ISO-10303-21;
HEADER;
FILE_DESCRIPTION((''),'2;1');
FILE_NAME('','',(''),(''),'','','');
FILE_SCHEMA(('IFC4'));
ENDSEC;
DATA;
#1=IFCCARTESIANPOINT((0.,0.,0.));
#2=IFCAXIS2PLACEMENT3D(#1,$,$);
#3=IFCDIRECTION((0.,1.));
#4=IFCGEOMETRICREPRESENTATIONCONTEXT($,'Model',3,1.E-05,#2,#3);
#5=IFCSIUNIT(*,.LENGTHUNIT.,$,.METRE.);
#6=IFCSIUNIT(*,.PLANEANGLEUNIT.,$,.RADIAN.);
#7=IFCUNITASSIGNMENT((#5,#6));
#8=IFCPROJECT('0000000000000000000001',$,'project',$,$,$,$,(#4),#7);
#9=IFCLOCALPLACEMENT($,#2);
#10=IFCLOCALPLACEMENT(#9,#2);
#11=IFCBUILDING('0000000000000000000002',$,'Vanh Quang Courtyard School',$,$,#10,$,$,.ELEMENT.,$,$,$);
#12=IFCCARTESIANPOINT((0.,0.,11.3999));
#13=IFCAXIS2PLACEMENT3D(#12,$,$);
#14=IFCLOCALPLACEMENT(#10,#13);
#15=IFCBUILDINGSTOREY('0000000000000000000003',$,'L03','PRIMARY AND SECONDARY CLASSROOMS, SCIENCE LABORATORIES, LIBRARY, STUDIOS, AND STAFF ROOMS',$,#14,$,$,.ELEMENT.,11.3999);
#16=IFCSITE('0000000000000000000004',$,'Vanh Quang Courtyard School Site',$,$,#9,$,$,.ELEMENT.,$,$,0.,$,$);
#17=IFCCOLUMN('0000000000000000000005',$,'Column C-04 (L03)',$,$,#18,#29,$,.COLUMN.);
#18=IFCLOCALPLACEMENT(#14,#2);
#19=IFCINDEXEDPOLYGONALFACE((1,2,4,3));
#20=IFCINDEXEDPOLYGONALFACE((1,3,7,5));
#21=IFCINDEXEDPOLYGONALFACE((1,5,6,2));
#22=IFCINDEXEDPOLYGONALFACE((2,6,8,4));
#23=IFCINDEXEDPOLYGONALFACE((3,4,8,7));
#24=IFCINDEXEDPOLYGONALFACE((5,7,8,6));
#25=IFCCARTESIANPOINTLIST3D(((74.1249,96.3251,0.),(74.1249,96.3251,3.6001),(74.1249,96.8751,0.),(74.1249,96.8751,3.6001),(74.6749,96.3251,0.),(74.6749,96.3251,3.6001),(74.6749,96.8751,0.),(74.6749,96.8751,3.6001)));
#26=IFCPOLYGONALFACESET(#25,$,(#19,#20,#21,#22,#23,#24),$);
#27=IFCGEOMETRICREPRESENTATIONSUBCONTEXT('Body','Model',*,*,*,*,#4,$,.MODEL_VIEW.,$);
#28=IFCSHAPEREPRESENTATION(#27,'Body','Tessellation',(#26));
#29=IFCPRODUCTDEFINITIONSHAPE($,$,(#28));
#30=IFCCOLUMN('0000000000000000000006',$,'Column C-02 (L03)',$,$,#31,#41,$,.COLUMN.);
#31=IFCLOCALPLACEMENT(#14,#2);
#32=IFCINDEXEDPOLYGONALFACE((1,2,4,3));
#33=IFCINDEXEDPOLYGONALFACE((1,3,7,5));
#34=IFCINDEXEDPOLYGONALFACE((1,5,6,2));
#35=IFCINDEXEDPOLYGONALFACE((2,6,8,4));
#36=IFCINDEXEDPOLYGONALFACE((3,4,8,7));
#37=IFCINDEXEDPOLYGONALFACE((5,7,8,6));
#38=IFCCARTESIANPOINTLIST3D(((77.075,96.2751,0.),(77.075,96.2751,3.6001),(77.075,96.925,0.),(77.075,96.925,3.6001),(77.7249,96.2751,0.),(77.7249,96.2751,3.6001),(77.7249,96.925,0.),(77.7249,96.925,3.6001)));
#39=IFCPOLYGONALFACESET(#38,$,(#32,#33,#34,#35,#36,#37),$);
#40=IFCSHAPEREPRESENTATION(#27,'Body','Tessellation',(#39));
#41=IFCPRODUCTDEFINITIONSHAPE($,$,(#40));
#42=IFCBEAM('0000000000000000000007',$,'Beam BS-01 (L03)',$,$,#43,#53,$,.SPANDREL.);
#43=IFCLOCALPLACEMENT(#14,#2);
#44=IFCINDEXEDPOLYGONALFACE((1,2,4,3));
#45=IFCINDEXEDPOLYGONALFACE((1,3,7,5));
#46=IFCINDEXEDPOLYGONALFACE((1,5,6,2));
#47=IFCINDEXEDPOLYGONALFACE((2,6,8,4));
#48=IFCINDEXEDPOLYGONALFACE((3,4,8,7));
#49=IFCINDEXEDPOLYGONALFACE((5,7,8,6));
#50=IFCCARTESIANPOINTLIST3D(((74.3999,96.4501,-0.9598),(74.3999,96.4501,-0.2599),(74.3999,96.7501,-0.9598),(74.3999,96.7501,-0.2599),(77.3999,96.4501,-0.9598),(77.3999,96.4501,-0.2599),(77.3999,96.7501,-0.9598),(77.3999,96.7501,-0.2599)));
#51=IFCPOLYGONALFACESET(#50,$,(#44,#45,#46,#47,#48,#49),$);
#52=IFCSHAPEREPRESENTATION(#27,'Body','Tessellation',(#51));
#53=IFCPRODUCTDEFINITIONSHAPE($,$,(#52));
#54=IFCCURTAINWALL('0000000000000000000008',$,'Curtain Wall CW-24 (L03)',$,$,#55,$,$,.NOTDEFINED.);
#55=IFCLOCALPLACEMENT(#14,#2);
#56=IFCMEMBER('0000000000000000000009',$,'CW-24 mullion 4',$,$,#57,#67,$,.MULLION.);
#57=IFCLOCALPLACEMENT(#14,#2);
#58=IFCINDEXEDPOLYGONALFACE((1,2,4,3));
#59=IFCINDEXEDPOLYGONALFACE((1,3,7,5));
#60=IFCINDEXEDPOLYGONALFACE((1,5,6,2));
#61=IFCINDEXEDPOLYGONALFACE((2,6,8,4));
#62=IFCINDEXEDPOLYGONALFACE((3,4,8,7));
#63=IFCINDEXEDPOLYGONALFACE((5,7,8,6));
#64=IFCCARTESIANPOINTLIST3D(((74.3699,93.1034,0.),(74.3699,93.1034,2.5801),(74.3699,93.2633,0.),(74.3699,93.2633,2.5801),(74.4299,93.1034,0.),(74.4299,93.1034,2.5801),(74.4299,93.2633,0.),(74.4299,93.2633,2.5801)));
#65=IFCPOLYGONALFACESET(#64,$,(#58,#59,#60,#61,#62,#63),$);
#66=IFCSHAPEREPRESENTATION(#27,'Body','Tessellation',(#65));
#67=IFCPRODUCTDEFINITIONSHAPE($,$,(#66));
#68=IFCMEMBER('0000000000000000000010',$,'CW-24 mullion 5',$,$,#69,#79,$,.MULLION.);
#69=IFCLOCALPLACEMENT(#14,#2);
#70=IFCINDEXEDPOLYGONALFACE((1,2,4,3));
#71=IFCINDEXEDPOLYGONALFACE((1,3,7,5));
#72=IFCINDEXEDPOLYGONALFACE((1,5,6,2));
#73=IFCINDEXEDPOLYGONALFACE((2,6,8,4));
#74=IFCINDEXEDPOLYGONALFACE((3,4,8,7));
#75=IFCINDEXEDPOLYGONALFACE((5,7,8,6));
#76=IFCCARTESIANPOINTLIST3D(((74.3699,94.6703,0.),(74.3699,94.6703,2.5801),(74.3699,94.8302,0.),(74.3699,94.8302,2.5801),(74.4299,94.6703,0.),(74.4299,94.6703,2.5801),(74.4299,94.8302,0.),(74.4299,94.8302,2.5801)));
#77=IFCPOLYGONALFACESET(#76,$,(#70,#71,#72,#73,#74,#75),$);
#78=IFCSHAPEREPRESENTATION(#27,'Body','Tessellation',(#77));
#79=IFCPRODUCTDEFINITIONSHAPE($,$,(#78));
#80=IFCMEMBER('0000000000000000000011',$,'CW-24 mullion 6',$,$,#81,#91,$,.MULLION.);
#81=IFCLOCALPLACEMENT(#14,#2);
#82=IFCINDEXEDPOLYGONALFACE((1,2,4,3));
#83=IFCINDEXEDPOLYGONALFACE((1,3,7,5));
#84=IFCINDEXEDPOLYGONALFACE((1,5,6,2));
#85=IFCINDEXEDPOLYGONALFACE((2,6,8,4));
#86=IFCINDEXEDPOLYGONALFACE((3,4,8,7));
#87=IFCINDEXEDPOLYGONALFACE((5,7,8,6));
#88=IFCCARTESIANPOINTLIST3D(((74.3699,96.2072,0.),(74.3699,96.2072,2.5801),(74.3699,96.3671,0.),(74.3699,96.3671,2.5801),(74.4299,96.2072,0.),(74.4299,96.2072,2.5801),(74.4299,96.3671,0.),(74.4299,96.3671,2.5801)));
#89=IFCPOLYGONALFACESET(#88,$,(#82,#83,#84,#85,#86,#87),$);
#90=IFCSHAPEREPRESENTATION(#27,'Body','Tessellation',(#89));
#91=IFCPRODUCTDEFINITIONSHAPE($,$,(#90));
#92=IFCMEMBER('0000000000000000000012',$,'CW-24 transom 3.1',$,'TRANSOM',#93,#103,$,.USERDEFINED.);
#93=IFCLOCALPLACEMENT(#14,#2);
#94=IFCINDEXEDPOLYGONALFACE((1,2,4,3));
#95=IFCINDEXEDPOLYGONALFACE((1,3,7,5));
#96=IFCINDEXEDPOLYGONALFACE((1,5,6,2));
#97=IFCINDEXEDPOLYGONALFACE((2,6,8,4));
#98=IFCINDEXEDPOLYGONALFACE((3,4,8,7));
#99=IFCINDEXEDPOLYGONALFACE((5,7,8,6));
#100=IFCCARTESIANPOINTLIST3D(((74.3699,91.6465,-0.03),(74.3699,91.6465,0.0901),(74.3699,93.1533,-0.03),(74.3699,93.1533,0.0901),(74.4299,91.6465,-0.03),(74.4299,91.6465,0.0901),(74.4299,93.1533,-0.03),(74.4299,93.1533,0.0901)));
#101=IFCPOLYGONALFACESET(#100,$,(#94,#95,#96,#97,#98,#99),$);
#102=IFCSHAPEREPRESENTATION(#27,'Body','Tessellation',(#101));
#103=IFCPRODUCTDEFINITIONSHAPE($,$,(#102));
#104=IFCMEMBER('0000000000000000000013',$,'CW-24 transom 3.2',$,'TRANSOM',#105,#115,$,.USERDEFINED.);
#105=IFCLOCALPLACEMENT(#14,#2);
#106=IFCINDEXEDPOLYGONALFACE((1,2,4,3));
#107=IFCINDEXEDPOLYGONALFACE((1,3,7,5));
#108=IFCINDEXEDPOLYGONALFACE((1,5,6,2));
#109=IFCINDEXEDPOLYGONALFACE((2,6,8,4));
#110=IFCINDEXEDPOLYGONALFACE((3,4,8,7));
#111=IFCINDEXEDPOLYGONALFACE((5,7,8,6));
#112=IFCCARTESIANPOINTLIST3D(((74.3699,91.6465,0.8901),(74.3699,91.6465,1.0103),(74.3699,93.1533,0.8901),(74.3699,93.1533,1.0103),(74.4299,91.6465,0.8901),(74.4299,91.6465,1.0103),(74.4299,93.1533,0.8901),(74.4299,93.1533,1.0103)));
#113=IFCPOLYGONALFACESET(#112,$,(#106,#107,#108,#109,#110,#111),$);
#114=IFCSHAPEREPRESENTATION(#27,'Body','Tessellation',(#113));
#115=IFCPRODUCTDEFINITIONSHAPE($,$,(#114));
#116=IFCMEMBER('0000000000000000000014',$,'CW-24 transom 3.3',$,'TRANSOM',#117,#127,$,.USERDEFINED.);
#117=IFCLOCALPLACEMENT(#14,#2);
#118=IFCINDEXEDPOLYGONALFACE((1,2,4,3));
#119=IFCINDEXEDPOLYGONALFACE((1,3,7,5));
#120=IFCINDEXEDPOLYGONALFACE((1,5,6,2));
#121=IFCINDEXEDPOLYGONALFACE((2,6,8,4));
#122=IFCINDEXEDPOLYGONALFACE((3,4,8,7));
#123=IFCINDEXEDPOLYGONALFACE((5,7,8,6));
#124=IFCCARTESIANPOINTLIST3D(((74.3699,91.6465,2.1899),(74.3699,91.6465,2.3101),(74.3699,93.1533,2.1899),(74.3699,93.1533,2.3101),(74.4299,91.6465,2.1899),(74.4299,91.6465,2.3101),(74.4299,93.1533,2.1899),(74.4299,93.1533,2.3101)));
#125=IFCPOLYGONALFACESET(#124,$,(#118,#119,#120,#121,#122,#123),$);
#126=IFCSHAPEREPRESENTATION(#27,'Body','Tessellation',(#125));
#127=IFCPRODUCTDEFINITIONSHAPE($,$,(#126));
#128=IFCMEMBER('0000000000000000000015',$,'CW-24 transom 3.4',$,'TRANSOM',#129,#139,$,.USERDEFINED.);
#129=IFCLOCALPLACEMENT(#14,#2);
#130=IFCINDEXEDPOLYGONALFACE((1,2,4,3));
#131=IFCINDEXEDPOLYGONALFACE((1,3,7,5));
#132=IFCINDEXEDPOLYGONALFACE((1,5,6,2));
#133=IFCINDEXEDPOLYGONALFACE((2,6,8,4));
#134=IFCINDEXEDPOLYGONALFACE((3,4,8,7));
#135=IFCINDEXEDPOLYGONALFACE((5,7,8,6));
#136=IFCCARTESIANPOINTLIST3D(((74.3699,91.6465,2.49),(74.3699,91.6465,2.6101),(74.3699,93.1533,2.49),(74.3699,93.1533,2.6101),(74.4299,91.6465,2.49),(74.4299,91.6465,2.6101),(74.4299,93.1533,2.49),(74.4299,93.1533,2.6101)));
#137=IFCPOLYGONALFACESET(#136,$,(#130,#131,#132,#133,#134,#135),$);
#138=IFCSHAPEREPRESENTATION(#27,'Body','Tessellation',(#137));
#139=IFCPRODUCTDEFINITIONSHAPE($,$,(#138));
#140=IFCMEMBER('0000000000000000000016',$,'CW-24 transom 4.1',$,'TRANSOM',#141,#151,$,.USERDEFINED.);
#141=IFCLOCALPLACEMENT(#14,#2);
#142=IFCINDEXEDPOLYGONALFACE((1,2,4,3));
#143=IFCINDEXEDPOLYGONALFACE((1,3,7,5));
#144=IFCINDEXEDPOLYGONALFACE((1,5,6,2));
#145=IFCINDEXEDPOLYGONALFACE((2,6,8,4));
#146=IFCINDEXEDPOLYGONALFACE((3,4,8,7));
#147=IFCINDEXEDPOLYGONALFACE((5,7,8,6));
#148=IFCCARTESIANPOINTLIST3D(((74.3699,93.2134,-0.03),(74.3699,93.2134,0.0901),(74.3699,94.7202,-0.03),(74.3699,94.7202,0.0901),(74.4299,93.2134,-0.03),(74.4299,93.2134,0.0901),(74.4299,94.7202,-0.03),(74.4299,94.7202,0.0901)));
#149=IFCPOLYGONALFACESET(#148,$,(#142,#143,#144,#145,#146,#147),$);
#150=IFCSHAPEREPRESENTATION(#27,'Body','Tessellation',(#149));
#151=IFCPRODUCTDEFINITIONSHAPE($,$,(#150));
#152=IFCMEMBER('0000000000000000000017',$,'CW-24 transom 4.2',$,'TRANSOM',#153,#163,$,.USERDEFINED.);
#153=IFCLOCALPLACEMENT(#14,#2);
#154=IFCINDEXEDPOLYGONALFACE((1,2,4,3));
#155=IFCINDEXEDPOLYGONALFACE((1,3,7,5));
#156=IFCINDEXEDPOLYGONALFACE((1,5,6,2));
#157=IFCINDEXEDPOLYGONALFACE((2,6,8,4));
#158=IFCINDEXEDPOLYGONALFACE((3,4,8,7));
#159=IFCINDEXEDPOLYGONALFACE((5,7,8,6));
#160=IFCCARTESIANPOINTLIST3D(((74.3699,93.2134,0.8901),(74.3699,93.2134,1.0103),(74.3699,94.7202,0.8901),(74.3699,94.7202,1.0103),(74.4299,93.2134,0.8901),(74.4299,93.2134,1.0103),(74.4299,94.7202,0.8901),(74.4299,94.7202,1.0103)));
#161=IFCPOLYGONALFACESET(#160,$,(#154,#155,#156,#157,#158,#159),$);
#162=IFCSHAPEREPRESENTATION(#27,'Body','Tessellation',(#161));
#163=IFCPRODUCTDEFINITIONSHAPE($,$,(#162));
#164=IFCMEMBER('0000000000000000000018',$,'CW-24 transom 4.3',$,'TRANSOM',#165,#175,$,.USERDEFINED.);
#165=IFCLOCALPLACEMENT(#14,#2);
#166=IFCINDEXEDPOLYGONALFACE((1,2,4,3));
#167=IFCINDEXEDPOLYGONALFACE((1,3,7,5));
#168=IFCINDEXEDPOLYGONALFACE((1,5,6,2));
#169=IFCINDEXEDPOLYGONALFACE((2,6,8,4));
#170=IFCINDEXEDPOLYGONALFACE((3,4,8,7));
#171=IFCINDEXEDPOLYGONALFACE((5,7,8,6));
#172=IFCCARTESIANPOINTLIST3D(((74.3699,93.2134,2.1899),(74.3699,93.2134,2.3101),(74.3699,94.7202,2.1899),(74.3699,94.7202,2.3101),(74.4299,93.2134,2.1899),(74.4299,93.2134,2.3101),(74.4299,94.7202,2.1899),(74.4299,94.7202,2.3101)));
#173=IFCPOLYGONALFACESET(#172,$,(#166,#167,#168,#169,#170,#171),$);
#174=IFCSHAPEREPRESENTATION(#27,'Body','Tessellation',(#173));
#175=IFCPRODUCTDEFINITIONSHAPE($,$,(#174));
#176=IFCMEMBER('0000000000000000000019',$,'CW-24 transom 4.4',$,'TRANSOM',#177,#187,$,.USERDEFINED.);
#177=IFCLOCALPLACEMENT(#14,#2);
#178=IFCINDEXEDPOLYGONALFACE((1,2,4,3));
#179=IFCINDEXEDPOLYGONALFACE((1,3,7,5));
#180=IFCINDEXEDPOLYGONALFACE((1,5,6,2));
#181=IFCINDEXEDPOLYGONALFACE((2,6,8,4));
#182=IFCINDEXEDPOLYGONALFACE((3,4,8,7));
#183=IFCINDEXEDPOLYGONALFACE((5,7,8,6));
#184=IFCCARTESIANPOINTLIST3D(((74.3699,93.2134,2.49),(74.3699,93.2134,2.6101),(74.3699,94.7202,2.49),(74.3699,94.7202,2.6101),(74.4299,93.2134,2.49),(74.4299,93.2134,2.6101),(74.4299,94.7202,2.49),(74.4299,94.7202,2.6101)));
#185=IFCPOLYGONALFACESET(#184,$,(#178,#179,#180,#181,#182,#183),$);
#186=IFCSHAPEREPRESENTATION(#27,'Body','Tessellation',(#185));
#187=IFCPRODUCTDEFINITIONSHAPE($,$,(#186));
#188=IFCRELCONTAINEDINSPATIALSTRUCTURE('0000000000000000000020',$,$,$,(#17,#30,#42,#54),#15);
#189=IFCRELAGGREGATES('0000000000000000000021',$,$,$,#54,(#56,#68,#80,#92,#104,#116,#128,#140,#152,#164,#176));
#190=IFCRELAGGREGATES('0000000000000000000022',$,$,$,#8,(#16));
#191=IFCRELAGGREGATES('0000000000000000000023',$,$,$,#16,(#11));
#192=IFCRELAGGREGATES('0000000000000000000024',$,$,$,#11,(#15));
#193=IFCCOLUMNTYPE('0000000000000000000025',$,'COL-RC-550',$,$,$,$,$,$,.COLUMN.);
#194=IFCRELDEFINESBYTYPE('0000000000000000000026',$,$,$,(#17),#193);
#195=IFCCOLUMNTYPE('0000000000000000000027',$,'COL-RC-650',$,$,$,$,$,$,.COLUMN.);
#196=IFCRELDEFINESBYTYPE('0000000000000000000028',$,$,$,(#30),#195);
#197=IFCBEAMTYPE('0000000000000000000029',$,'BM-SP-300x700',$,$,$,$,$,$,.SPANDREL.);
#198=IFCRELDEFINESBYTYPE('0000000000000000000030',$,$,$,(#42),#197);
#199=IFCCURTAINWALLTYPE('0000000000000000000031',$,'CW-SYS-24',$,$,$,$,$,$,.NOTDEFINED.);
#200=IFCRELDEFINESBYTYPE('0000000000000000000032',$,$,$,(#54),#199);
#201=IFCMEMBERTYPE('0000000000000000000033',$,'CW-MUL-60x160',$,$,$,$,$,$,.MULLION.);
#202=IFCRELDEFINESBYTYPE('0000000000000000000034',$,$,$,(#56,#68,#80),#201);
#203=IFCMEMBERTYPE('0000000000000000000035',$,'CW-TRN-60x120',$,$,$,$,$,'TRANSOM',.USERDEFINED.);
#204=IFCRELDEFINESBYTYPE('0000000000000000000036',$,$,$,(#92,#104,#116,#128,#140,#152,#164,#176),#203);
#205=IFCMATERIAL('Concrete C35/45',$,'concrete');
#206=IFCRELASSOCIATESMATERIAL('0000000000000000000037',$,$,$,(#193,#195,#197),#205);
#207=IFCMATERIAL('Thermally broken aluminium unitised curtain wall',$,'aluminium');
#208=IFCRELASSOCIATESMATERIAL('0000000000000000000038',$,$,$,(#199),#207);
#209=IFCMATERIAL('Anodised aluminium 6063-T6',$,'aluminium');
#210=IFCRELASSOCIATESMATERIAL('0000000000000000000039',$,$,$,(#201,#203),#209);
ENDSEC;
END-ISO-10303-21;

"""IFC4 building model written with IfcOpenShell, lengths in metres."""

from ifc_helpers import new_model, si_unit, direction, frame, origin, origin_2d, place, context, subcontext, project, spatial, rectangle, extrude, material, material_profile, profile_set, type_object, element, aggregate, save


model = new_model("IFC4")

# Units and contexts
model_context = context("Model", 3, precision=1e-05, world=origin(), true_north=direction((0.0, 1.0)))
body_context = subcontext(model_context, "Body", "Model", "MODEL_VIEW")
ifc_project = project(units=[si_unit("LENGTHUNIT", "METRE"), si_unit("PLANEANGLEUNIT", "RADIAN")], contexts=[model_context])

# Site, building, storey
site_placement = place(None, origin())
site = spatial("IfcSite", under=ifc_project, at=site_placement, Name="Vanh Quang Courtyard School Site", CompositionType="ELEMENT", RefElevation=0.0)
building_placement = place(site_placement, origin())
building = spatial("IfcBuilding", under=site, at=building_placement, Name="Vanh Quang Courtyard School", CompositionType="ELEMENT")
storey_placement = place(building_placement, frame((0.0, 0.0, 11.3999)))
storey = spatial("IfcBuildingStorey", under=building, at=storey_placement, Name="L03", Description="PRIMARY AND SECONDARY CLASSROOMS, SCIENCE LABORATORIES, LIBRARY, STUDIOS, AND STAFF ROOMS", CompositionType="ELEMENT", Elevation=11.3999)

# Columns
ifc_material_1 = material(Name="Concrete C35/45", Category="concrete")
ifc_material_profile_1 = material_profile(ifc_material_1, rectangle(XDim=0.55, YDim=0.55, at=origin_2d()), Name="RC-COL 550x550")
ifc_profile_set_1 = profile_set([ifc_material_profile_1], Name="Concrete C35/45")
column_type_1 = type_object("IfcColumnType", Name="COL-RC-550", PredefinedType="COLUMN", material=ifc_profile_set_1)
column_1_placement = place(storey_placement, frame((74.3999, 96.6001, 0.0), z_axis=(0.0, 0.0, 1.0), x_axis=(1.0, 0.0, 0.0)))
element("IfcColumn", 1, at=column_1_placement, inside=storey, type_object=column_type_1, Name="Column C-04 (L03)", PredefinedType="COLUMN", context=body_context, shape_type="SweptSolid", body=[
    extrude(rectangle(XDim=0.55, YDim=0.55, at=origin_2d()), origin(), (0.0, 0.0, 1.0), 3.6001),
])
ifc_material_profile_2 = material_profile(ifc_material_1, rectangle(XDim=0.6499, YDim=0.6499, at=origin_2d()), Name="RC-COL 650x650")
ifc_profile_set_2 = profile_set([ifc_material_profile_2], Name="Concrete C35/45")
column_type_2 = type_object("IfcColumnType", Name="COL-RC-650", PredefinedType="COLUMN", material=ifc_profile_set_2)
column_2_placement = place(storey_placement, frame((77.3999, 96.6001, 0.0), z_axis=(0.0, 0.0, 1.0), x_axis=(1.0, 0.0, 0.0)))
element("IfcColumn", 2, at=column_2_placement, inside=storey, type_object=column_type_2, Name="Column C-02 (L03)", PredefinedType="COLUMN", context=body_context, shape_type="SweptSolid", body=[
    extrude(rectangle(XDim=0.6499, YDim=0.6499, at=origin_2d()), origin(), (0.0, 0.0, 1.0), 3.6001),
])

# Beam
ifc_material_profile_3 = material_profile(ifc_material_1, rectangle(XDim=0.3, YDim=0.7, at=origin_2d()), Name="RC-SP 300x700")
ifc_profile_set_3 = profile_set([ifc_material_profile_3], Name="Concrete C35/45")
beam_type = type_object("IfcBeamType", Name="BM-SP-300x700", PredefinedType="SPANDREL", material=ifc_profile_set_3)
beam_placement = place(storey_placement, frame((74.3999, 96.6001, -0.6099), z_axis=(1.0, 0.0, 0.0), x_axis=(0.0, 1.0, 0.0)))
element("IfcBeam", 3, at=beam_placement, inside=storey, type_object=beam_type, Name="Beam BS-01 (L03)", PredefinedType="SPANDREL", context=body_context, shape_type="SweptSolid", body=[
    extrude(rectangle(XDim=0.3, YDim=0.7, at=origin_2d()), origin(), (0.0, 0.0, 1.0), 3.0),
])

# Curtain wall, members
ifc_material_2 = material(Name="Thermally broken aluminium unitised curtain wall", Category="aluminium")
curtain_wall_type = type_object("IfcCurtainWallType", Name="CW-SYS-24", PredefinedType="NOTDEFINED", material=ifc_material_2)
curtain_wall_placement = place(storey_placement, origin())
curtain_wall = element("IfcCurtainWall", 4, at=curtain_wall_placement, inside=storey, type_object=curtain_wall_type, Name="Curtain Wall CW-24 (L03)", PredefinedType="NOTDEFINED")
ifc_material_3 = material(Name="Anodised aluminium 6063-T6", Category="aluminium")
ifc_material_profile_4 = material_profile(ifc_material_3, rectangle(XDim=0.0601, YDim=0.1599, at=origin_2d()), Name="ALU-MUL 60x160")
ifc_profile_set_4 = profile_set([ifc_material_profile_4], Name="Anodised aluminium 6063-T6")
member_type_1 = type_object("IfcMemberType", Name="CW-MUL-60x160", PredefinedType="MULLION", material=ifc_profile_set_4)
member_1_placement = place(storey_placement, frame((74.3999, 93.1833, 0.0), z_axis=(0.0, 0.0, 1.0), x_axis=(-1.0, 0.0, 0.0)))
member_1 = element("IfcMember", 5, at=member_1_placement, type_object=member_type_1, Name="CW-24 mullion 4", PredefinedType="MULLION", context=body_context, shape_type="SweptSolid", body=[
    extrude(rectangle(XDim=0.0601, YDim=0.1599, at=origin_2d()), origin(), (0.0, 0.0, 1.0), 2.5801),
])
member_2_placement = place(storey_placement, frame((74.3999, 94.7502, 0.0), z_axis=(0.0, 0.0, 1.0), x_axis=(-1.0, 0.0, 0.0)))
member_2 = element("IfcMember", 6, at=member_2_placement, type_object=member_type_1, Name="CW-24 mullion 5", PredefinedType="MULLION", context=body_context, shape_type="SweptSolid", body=[
    extrude(rectangle(XDim=0.0601, YDim=0.1599, at=origin_2d()), origin(), (0.0, 0.0, 1.0), 2.5801),
])
member_3_placement = place(storey_placement, frame((74.3999, 96.2871, 0.0), z_axis=(0.0, 0.0, 1.0), x_axis=(-1.0, 0.0, 0.0)))
member_3 = element("IfcMember", 7, at=member_3_placement, type_object=member_type_1, Name="CW-24 mullion 6", PredefinedType="MULLION", context=body_context, shape_type="SweptSolid", body=[
    extrude(rectangle(XDim=0.0601, YDim=0.1599, at=origin_2d()), origin(), (0.0, 0.0, 1.0), 2.5801),
])
ifc_material_profile_5 = material_profile(ifc_material_3, rectangle(XDim=0.0601, YDim=0.1201, at=origin_2d()), Name="ALU-TRN 60x120")
ifc_profile_set_5 = profile_set([ifc_material_profile_5], Name="Anodised aluminium 6063-T6")
member_type_2 = type_object("IfcMemberType", Name="CW-TRN-60x120", ElementType="TRANSOM", PredefinedType="USERDEFINED", material=ifc_profile_set_5)
member_4_placement = place(storey_placement, frame((74.3999, 91.6465, 0.03), z_axis=(0.0, 1.0, 0.0), x_axis=(-1.0, 0.0, 0.0)))
member_4 = element("IfcMember", 8, at=member_4_placement, type_object=member_type_2, Name="CW-24 transom 3.1", ObjectType="TRANSOM", PredefinedType="USERDEFINED", context=body_context, shape_type="SweptSolid", body=[
    extrude(rectangle(XDim=0.0601, YDim=0.1201, at=origin_2d()), origin(), (0.0, 0.0, 1.0), 1.5068),
])
member_5_placement = place(storey_placement, frame((74.3999, 91.6465, 0.9502), z_axis=(0.0, 1.0, 0.0), x_axis=(-1.0, 0.0, 0.0)))
member_5 = element("IfcMember", 9, at=member_5_placement, type_object=member_type_2, Name="CW-24 transom 3.2", ObjectType="TRANSOM", PredefinedType="USERDEFINED", context=body_context, shape_type="SweptSolid", body=[
    extrude(rectangle(XDim=0.0601, YDim=0.1201, at=origin_2d()), origin(), (0.0, 0.0, 1.0), 1.5068),
])
member_6_placement = place(storey_placement, frame((74.3999, 91.6465, 2.25), z_axis=(0.0, 1.0, 0.0), x_axis=(-1.0, 0.0, 0.0)))
member_6 = element("IfcMember", 10, at=member_6_placement, type_object=member_type_2, Name="CW-24 transom 3.3", ObjectType="TRANSOM", PredefinedType="USERDEFINED", context=body_context, shape_type="SweptSolid", body=[
    extrude(rectangle(XDim=0.0601, YDim=0.1201, at=origin_2d()), origin(), (0.0, 0.0, 1.0), 1.5068),
])
member_7_placement = place(storey_placement, frame((74.3999, 91.6465, 2.55), z_axis=(0.0, 1.0, 0.0), x_axis=(-1.0, 0.0, 0.0)))
member_7 = element("IfcMember", 11, at=member_7_placement, type_object=member_type_2, Name="CW-24 transom 3.4", ObjectType="TRANSOM", PredefinedType="USERDEFINED", context=body_context, shape_type="SweptSolid", body=[
    extrude(rectangle(XDim=0.0601, YDim=0.1201, at=origin_2d()), origin(), (0.0, 0.0, 1.0), 1.5068),
])
member_8_placement = place(storey_placement, frame((74.3999, 93.2134, 0.03), z_axis=(0.0, 1.0, 0.0), x_axis=(-1.0, 0.0, 0.0)))
member_8 = element("IfcMember", 12, at=member_8_placement, type_object=member_type_2, Name="CW-24 transom 4.1", ObjectType="TRANSOM", PredefinedType="USERDEFINED", context=body_context, shape_type="SweptSolid", body=[
    extrude(rectangle(XDim=0.0601, YDim=0.1201, at=origin_2d()), origin(), (0.0, 0.0, 1.0), 1.5068),
])
member_9_placement = place(storey_placement, frame((74.3999, 93.2134, 0.9502), z_axis=(0.0, 1.0, 0.0), x_axis=(-1.0, 0.0, 0.0)))
member_9 = element("IfcMember", 13, at=member_9_placement, type_object=member_type_2, Name="CW-24 transom 4.2", ObjectType="TRANSOM", PredefinedType="USERDEFINED", context=body_context, shape_type="SweptSolid", body=[
    extrude(rectangle(XDim=0.0601, YDim=0.1201, at=origin_2d()), origin(), (0.0, 0.0, 1.0), 1.5068),
])
member_10_placement = place(storey_placement, frame((74.3999, 93.2134, 2.25), z_axis=(0.0, 1.0, 0.0), x_axis=(-1.0, 0.0, 0.0)))
member_10 = element("IfcMember", 14, at=member_10_placement, type_object=member_type_2, Name="CW-24 transom 4.3", ObjectType="TRANSOM", PredefinedType="USERDEFINED", context=body_context, shape_type="SweptSolid", body=[
    extrude(rectangle(XDim=0.0601, YDim=0.1201, at=origin_2d()), origin(), (0.0, 0.0, 1.0), 1.5068),
])
member_11_placement = place(storey_placement, frame((74.3999, 93.2134, 2.55), z_axis=(0.0, 1.0, 0.0), x_axis=(-1.0, 0.0, 0.0)))
member_11 = element("IfcMember", 15, at=member_11_placement, type_object=member_type_2, Name="CW-24 transom 4.4", ObjectType="TRANSOM", PredefinedType="USERDEFINED", context=body_context, shape_type="SweptSolid", body=[
    extrude(rectangle(XDim=0.0601, YDim=0.1201, at=origin_2d()), origin(), (0.0, 0.0, 1.0), 1.5068),
])
aggregate(curtain_wall, [member_1, member_2, member_3, member_4, member_5, member_6, member_7, member_8, member_9, member_10, member_11])

save(model, "model.ifc")
